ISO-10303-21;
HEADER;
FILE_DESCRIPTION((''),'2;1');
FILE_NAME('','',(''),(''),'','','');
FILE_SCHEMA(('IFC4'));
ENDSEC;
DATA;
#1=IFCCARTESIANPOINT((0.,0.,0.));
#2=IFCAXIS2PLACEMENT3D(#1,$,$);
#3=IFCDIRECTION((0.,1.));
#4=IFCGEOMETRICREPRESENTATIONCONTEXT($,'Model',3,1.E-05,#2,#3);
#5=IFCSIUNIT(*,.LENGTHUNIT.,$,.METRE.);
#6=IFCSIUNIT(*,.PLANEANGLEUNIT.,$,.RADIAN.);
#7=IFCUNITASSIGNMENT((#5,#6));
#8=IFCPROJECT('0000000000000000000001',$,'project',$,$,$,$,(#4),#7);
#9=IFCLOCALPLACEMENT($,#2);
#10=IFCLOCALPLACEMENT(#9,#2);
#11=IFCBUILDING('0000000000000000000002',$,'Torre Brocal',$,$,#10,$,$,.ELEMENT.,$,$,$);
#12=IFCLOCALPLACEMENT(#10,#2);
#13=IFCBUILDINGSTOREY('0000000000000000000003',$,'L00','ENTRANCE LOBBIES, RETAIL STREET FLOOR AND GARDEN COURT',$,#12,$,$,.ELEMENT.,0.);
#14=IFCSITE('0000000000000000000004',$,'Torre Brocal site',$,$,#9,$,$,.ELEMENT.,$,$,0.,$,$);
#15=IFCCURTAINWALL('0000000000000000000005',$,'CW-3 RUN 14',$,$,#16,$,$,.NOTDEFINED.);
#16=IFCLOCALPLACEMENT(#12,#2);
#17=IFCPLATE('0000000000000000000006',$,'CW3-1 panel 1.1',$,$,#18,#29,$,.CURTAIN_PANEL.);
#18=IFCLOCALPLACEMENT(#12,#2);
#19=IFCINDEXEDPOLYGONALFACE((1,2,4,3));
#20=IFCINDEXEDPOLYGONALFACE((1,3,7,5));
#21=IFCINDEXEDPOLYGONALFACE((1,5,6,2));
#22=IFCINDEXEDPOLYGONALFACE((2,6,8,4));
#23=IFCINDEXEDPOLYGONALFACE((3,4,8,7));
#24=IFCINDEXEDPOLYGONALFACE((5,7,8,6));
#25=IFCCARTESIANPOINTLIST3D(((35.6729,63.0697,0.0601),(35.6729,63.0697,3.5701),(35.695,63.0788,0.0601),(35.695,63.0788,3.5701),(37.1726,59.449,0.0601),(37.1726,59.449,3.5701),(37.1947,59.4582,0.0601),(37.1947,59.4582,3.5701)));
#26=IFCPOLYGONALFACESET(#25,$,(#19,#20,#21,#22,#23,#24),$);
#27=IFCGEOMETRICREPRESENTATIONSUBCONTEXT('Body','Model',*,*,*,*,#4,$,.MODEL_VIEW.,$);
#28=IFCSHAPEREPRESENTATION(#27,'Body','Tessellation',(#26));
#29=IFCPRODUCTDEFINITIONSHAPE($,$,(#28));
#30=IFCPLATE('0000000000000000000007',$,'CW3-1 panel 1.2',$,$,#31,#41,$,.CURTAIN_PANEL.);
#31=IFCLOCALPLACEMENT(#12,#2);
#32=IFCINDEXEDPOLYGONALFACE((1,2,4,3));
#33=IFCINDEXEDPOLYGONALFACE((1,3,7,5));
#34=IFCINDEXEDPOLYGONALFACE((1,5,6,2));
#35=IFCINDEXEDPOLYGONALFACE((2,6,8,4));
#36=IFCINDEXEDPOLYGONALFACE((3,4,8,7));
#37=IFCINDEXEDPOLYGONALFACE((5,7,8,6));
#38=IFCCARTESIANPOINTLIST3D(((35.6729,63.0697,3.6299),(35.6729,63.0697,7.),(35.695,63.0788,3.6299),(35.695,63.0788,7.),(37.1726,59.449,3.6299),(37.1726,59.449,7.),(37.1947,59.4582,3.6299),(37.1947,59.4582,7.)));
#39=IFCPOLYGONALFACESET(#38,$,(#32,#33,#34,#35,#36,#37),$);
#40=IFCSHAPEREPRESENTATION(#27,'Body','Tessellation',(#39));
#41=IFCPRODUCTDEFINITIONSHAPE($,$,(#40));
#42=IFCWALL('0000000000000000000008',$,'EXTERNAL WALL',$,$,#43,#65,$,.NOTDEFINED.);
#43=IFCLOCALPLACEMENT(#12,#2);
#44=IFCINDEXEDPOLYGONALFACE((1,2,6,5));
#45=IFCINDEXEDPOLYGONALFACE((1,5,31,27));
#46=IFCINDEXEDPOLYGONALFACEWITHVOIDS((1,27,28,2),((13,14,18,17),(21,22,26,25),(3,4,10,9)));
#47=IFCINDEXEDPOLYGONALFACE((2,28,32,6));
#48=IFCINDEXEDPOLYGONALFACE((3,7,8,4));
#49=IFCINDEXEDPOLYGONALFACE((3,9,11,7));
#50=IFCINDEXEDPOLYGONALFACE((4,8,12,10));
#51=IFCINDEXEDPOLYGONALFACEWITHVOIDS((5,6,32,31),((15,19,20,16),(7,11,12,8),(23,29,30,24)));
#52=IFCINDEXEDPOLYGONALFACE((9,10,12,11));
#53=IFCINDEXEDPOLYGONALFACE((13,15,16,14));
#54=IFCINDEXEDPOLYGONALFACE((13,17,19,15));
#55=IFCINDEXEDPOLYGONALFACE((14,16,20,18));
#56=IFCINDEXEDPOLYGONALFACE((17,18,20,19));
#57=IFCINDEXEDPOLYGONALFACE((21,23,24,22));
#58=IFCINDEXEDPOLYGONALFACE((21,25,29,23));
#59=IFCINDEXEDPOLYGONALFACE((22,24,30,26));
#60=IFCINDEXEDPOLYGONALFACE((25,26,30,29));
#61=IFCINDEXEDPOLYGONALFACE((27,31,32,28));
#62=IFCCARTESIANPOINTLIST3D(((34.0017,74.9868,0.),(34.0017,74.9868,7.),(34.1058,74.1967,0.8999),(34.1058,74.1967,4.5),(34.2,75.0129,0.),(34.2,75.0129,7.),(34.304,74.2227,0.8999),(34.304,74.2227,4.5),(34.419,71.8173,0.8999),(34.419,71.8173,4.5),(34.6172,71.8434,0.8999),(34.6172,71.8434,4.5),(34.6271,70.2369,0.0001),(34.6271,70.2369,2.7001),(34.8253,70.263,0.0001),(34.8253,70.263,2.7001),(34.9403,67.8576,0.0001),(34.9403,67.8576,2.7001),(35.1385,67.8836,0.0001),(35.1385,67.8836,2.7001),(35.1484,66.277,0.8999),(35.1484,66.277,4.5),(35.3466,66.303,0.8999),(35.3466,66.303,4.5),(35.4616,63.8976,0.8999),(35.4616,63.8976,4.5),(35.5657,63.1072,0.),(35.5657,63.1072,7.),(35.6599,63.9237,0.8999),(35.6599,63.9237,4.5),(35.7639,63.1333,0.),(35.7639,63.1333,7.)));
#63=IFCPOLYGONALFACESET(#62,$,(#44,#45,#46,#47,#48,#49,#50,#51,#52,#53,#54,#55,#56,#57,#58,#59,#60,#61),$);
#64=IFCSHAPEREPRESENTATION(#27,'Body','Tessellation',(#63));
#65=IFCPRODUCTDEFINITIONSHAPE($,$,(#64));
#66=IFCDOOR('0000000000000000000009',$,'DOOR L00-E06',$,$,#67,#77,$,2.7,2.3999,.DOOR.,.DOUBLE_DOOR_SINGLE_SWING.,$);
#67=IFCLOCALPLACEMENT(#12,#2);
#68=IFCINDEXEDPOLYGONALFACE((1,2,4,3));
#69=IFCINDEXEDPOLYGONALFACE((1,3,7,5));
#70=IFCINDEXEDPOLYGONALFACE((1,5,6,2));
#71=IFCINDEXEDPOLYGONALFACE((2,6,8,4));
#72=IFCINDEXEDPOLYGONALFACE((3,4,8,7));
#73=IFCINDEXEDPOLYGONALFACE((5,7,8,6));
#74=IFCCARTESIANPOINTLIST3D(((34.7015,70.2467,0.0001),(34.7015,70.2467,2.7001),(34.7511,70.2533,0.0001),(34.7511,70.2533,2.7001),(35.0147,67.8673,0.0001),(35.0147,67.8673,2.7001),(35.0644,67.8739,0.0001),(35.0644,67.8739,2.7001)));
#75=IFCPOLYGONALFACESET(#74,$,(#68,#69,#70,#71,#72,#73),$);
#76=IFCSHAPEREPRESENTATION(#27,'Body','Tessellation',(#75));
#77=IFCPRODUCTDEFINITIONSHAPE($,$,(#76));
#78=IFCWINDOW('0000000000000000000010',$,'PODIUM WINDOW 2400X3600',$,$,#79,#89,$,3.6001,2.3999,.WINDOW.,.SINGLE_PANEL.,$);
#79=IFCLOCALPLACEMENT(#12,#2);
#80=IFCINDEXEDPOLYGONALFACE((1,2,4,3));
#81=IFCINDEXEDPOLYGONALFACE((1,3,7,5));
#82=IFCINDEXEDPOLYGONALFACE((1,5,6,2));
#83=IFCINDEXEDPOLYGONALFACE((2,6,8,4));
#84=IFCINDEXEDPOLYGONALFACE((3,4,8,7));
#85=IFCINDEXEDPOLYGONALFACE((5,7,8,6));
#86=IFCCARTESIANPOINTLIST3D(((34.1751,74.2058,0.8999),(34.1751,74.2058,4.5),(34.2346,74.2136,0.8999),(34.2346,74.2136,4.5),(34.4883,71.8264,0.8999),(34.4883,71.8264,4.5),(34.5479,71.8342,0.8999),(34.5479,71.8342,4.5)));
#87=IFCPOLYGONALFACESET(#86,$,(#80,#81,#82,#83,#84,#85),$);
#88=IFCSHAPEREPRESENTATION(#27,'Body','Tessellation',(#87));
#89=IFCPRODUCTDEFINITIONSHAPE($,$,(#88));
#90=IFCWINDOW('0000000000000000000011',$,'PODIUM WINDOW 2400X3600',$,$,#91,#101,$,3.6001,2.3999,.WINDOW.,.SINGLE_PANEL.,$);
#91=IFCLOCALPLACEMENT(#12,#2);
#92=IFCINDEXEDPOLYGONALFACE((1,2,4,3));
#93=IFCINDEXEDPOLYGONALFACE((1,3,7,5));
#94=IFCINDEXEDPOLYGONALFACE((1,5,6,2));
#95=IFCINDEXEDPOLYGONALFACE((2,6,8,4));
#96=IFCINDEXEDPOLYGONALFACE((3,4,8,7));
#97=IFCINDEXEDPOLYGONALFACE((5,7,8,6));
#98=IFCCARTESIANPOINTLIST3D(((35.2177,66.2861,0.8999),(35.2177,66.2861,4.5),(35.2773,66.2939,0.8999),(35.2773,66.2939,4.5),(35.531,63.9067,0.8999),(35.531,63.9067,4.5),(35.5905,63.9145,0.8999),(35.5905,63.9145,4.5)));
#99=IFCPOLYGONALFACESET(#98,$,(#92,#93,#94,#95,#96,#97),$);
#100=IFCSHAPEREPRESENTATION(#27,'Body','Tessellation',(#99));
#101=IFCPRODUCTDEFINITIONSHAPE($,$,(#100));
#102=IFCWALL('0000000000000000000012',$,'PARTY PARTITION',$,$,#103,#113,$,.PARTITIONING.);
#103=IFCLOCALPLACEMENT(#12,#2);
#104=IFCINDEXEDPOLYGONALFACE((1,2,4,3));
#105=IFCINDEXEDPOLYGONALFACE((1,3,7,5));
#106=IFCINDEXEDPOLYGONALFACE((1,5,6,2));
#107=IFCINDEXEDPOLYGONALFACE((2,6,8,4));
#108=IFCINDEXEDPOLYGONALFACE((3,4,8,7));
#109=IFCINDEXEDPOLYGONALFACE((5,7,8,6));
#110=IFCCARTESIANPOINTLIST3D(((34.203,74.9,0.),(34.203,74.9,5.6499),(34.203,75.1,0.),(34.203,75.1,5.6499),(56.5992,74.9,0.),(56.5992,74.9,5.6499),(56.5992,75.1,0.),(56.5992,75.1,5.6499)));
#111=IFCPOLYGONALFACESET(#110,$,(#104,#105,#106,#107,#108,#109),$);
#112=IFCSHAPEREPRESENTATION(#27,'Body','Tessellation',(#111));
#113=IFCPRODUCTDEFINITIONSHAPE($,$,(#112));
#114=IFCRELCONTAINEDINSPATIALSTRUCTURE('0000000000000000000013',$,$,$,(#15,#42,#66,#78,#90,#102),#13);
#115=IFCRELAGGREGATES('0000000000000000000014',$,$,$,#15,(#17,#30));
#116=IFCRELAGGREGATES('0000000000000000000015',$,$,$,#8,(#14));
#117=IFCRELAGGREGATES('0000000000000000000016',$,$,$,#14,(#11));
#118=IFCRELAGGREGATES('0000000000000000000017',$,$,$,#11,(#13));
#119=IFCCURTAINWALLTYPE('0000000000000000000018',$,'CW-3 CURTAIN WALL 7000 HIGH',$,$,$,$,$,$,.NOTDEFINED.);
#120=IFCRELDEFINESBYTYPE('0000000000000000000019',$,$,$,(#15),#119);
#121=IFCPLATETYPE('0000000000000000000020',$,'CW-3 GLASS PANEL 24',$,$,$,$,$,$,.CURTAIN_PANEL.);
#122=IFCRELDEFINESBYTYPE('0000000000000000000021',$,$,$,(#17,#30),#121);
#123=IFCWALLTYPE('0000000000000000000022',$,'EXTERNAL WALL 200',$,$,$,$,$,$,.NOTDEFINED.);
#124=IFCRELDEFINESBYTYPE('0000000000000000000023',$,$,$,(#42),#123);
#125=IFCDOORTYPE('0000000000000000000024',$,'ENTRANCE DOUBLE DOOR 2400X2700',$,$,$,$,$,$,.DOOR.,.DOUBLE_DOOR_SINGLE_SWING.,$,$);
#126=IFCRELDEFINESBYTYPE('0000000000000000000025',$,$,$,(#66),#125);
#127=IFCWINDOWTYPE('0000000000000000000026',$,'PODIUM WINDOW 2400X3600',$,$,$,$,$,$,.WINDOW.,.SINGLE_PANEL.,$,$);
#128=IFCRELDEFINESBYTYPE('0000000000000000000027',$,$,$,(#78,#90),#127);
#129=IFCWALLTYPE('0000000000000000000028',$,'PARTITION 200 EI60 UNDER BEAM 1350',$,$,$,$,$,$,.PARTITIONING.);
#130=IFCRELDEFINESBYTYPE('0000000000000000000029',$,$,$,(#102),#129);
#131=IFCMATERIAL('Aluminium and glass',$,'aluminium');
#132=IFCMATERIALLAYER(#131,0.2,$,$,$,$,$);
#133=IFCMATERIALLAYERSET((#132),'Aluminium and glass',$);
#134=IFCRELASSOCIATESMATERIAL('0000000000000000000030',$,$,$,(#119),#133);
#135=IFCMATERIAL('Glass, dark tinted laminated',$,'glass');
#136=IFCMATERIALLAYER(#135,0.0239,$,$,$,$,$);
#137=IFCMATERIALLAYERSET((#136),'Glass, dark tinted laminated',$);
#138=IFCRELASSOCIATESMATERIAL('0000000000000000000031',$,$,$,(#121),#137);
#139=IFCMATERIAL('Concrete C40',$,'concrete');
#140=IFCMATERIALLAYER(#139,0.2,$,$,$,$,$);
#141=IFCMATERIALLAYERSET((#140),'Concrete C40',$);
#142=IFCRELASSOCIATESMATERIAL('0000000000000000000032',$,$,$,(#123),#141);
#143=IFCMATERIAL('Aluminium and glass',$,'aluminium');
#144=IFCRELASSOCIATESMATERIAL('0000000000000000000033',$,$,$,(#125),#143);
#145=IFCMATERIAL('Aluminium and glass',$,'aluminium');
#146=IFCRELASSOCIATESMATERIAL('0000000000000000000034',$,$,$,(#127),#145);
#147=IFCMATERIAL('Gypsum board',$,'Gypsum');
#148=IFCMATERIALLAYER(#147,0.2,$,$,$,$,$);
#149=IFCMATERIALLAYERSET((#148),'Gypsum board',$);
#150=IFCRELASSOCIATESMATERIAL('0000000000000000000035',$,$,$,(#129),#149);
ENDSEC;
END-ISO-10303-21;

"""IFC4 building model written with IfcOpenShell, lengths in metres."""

from ifc_helpers import new_model, si_unit, direction, frame, frame_2d, origin, origin_2d, place, context, subcontext, project, spatial, rectangle, extrude, material, layer, layer_set, type_object, element, fill, aggregate, save


model = new_model("IFC4")

# Units and contexts
model_context = context("Model", 3, precision=1e-05, world=origin(), true_north=direction((0.0, 1.0)))
body_context = subcontext(model_context, "Body", "Model", "MODEL_VIEW")
ifc_project = project(units=[si_unit("LENGTHUNIT", "METRE"), si_unit("PLANEANGLEUNIT", "RADIAN")], contexts=[model_context])

# Site, building, storey
site_placement = place(None, origin())
site = spatial("IfcSite", under=ifc_project, at=site_placement, Name="Torre Brocal site", CompositionType="ELEMENT", RefElevation=0.0)
building_placement = place(site_placement, origin())
building = spatial("IfcBuilding", under=site, at=building_placement, Name="Torre Brocal", CompositionType="ELEMENT")
storey_placement = place(building_placement, origin())
storey = spatial("IfcBuildingStorey", under=building, at=storey_placement, Name="L00", Description="ENTRANCE LOBBIES, RETAIL STREET FLOOR AND GARDEN COURT", CompositionType="ELEMENT", Elevation=0.0)

# Curtain wall
ifc_material_1 = material(Name="Aluminium and glass", Category="aluminium")
ifc_layer_1 = layer(ifc_material_1, 0.2)
ifc_layer_set_1 = layer_set([ifc_layer_1], Name="Aluminium and glass")
curtain_wall_type = type_object("IfcCurtainWallType", Name="CW-3 CURTAIN WALL 7000 HIGH", PredefinedType="NOTDEFINED", material=ifc_layer_set_1)
curtain_wall_placement = place(storey_placement, origin())
curtain_wall = element("IfcCurtainWall", 1, at=curtain_wall_placement, inside=storey, type_object=curtain_wall_type, Name="CW-3 RUN 14", PredefinedType="NOTDEFINED")

# Plates
ifc_material_2 = material(Name="Glass, dark tinted laminated", Category="glass")
ifc_layer_2 = layer(ifc_material_2, 0.0239)
ifc_layer_set_2 = layer_set([ifc_layer_2], Name="Glass, dark tinted laminated")
plate_type = type_object("IfcPlateType", Name="CW-3 GLASS PANEL 24", PredefinedType="CURTAIN_PANEL", material=ifc_layer_set_2)
plate_1_placement = place(storey_placement, frame((36.4338, 61.2639, 0.0601), z_axis=(0.0, 0.0, 1.0), x_axis=(0.382683, -0.92388, 0.0)))
plate_1 = element("IfcPlate", 2, at=plate_1_placement, type_object=plate_type, Name="CW3-1 panel 1.1", PredefinedType="CURTAIN_PANEL", context=body_context, shape_type="SweptSolid", body=[
    extrude(rectangle(XDim=3.9189, YDim=0.0239, at=origin_2d()), origin(), (0.0, 0.0, 1.0), 3.51),
])
plate_2_placement = place(storey_placement, frame((36.4338, 61.2639, 3.6299), z_axis=(0.0, 0.0, 1.0), x_axis=(0.382683, -0.92388, 0.0)))
plate_2 = element("IfcPlate", 3, at=plate_2_placement, type_object=plate_type, Name="CW3-1 panel 1.2", PredefinedType="CURTAIN_PANEL", context=body_context, shape_type="SweptSolid", body=[
    extrude(rectangle(XDim=3.9189, YDim=0.0239, at=origin_2d()), origin(), (0.0, 0.0, 1.0), 3.3701),
])
aggregate(curtain_wall, [plate_1, plate_2])

# Wall, openings, door, windows
ifc_material_3 = material(Name="Concrete C40", Category="concrete")
ifc_layer_3 = layer(ifc_material_3, 0.2)
ifc_layer_set_3 = layer_set([ifc_layer_3], Name="Concrete C40")
wall_type_1 = type_object("IfcWallType", Name="EXTERNAL WALL 200", PredefinedType="NOTDEFINED", material=ifc_layer_set_3)
wall_1_placement = place(storey_placement, frame((34.1008, 75.0, 0.0), z_axis=(0.0, 0.0, 1.0), x_axis=(0.130525, -0.991445, 0.0)))
wall_1 = element("IfcWall", 4, at=wall_1_placement, inside=storey, type_object=wall_type_1, Name="EXTERNAL WALL", PredefinedType="NOTDEFINED", context=body_context, shape_type="SweptSolid", body=[
    extrude(rectangle(XDim=11.9822, YDim=0.2, at=frame_2d((5.9912, 0.0))), origin(), (0.0, 0.0, 1.0), 7.0),
])
opening_1_placement = place(wall_1_placement, frame((0.7971, 0.0, 0.8999)))
opening_1 = element("IfcOpeningElement", 5, at=opening_1_placement, cuts=wall_1, PredefinedType="OPENING", context=body_context, shape_type="SweptSolid", body=[
    extrude(rectangle(XDim=2.3999, YDim=3.6001, at=frame_2d((1.2, 1.8))), frame((0.0, 0.1099, 0.0), z_axis=(0.0, -1.0, 0.0), x_axis=(1.0, 0.0, 0.0)), (0.0, 0.0, 1.0), 0.22),
])
opening_2_placement = place(wall_1_placement, frame((4.791, 0.0, 0.0)))
opening_2 = element("IfcOpeningElement", 6, at=opening_2_placement, cuts=wall_1, PredefinedType="OPENING", context=body_context, shape_type="SweptSolid", body=[
    extrude(rectangle(XDim=2.3999, YDim=2.7, at=frame_2d((1.2, 1.3501))), frame((0.0, 0.1099, 0.0), z_axis=(0.0, -1.0, 0.0), x_axis=(1.0, 0.0, 0.0)), (0.0, 0.0, 1.0), 0.22),
])
opening_3_placement = place(wall_1_placement, frame((8.7852, 0.0, 0.8999)))
opening_3 = element("IfcOpeningElement", 7, at=opening_3_placement, cuts=wall_1, PredefinedType="OPENING", context=body_context, shape_type="SweptSolid", body=[
    extrude(rectangle(XDim=2.3999, YDim=3.6001, at=frame_2d((1.2, 1.8))), frame((0.0, 0.1099, 0.0), z_axis=(0.0, -1.0, 0.0), x_axis=(1.0, 0.0, 0.0)), (0.0, 0.0, 1.0), 0.22),
])
ifc_material_4 = material(Name="Aluminium and glass", Category="aluminium")
door_type = type_object("IfcDoorType", Name="ENTRANCE DOUBLE DOOR 2400X2700", OperationType="DOUBLE_DOOR_SINGLE_SWING", PredefinedType="DOOR", material=ifc_material_4)
door_placement = place(opening_2_placement, frame((2.3999, 0.0, 0.0), z_axis=(0.0, 0.0, 1.0), x_axis=(-1.0, 0.0, 0.0)))
door = element("IfcDoor", 8, at=door_placement, inside=storey, type_object=door_type, Name="DOOR L00-E06", OperationType="DOUBLE_DOOR_SINGLE_SWING", OverallHeight=2.7, OverallWidth=2.3999, PredefinedType="DOOR", context=body_context, shape_type="SweptSolid", body=[
    extrude(rectangle(XDim=2.3999, YDim=2.7, at=frame_2d((1.2, 1.3501))), frame((0.0, 0.0249, 0.0), z_axis=(0.0, -1.0, 0.0), x_axis=(1.0, 0.0, 0.0)), (0.0, 0.0, 1.0), 0.05),
])
fill(opening_2, door)
ifc_material_5 = material(Name="Aluminium and glass", Category="aluminium")
window_type = type_object("IfcWindowType", Name="PODIUM WINDOW 2400X3600", PartitioningType="SINGLE_PANEL", PredefinedType="WINDOW", material=ifc_material_5)
window_1_placement = place(opening_1_placement, origin())
window_1 = element("IfcWindow", 9, at=window_1_placement, inside=storey, type_object=window_type, Name="PODIUM WINDOW 2400X3600", OverallHeight=3.6001, OverallWidth=2.3999, PartitioningType="SINGLE_PANEL", PredefinedType="WINDOW", context=body_context, shape_type="SweptSolid", body=[
    extrude(rectangle(XDim=2.3999, YDim=3.6001, at=frame_2d((1.2, 1.8))), frame((0.0, 0.03, 0.0), z_axis=(0.0, -1.0, 0.0), x_axis=(1.0, 0.0, 0.0)), (0.0, 0.0, 1.0), 0.0601),
])
fill(opening_1, window_1)
window_2_placement = place(opening_3_placement, origin())
window_2 = element("IfcWindow", 10, at=window_2_placement, inside=storey, type_object=window_type, Name="PODIUM WINDOW 2400X3600", OverallHeight=3.6001, OverallWidth=2.3999, PartitioningType="SINGLE_PANEL", PredefinedType="WINDOW", context=body_context, shape_type="SweptSolid", body=[
    extrude(rectangle(XDim=2.3999, YDim=3.6001, at=frame_2d((1.2, 1.8))), frame((0.0, 0.03, 0.0), z_axis=(0.0, -1.0, 0.0), x_axis=(1.0, 0.0, 0.0)), (0.0, 0.0, 1.0), 0.0601),
])
fill(opening_3, window_2)

# Wall
ifc_material_6 = material(Name="Gypsum board", Category="Gypsum")
ifc_layer_4 = layer(ifc_material_6, 0.2)
ifc_layer_set_4 = layer_set([ifc_layer_4], Name="Gypsum board")
wall_type_2 = type_object("IfcWallType", Name="PARTITION 200 EI60 UNDER BEAM 1350", PredefinedType="PARTITIONING", material=ifc_layer_set_4)
wall_2_placement = place(storey_placement, frame((34.2029, 75.0, 0.0), z_axis=(0.0, 0.0, 1.0), x_axis=(1.0, 0.0, 0.0)))
element("IfcWall", 11, at=wall_2_placement, inside=storey, type_object=wall_type_2, Name="PARTY PARTITION", PredefinedType="PARTITIONING", context=body_context, shape_type="SweptSolid", body=[
    extrude(rectangle(XDim=22.3962, YDim=0.2, at=frame_2d((11.1982, 0.0))), origin(), (0.0, 0.0, 1.0), 5.6499),
])

save(model, "model.ifc")
